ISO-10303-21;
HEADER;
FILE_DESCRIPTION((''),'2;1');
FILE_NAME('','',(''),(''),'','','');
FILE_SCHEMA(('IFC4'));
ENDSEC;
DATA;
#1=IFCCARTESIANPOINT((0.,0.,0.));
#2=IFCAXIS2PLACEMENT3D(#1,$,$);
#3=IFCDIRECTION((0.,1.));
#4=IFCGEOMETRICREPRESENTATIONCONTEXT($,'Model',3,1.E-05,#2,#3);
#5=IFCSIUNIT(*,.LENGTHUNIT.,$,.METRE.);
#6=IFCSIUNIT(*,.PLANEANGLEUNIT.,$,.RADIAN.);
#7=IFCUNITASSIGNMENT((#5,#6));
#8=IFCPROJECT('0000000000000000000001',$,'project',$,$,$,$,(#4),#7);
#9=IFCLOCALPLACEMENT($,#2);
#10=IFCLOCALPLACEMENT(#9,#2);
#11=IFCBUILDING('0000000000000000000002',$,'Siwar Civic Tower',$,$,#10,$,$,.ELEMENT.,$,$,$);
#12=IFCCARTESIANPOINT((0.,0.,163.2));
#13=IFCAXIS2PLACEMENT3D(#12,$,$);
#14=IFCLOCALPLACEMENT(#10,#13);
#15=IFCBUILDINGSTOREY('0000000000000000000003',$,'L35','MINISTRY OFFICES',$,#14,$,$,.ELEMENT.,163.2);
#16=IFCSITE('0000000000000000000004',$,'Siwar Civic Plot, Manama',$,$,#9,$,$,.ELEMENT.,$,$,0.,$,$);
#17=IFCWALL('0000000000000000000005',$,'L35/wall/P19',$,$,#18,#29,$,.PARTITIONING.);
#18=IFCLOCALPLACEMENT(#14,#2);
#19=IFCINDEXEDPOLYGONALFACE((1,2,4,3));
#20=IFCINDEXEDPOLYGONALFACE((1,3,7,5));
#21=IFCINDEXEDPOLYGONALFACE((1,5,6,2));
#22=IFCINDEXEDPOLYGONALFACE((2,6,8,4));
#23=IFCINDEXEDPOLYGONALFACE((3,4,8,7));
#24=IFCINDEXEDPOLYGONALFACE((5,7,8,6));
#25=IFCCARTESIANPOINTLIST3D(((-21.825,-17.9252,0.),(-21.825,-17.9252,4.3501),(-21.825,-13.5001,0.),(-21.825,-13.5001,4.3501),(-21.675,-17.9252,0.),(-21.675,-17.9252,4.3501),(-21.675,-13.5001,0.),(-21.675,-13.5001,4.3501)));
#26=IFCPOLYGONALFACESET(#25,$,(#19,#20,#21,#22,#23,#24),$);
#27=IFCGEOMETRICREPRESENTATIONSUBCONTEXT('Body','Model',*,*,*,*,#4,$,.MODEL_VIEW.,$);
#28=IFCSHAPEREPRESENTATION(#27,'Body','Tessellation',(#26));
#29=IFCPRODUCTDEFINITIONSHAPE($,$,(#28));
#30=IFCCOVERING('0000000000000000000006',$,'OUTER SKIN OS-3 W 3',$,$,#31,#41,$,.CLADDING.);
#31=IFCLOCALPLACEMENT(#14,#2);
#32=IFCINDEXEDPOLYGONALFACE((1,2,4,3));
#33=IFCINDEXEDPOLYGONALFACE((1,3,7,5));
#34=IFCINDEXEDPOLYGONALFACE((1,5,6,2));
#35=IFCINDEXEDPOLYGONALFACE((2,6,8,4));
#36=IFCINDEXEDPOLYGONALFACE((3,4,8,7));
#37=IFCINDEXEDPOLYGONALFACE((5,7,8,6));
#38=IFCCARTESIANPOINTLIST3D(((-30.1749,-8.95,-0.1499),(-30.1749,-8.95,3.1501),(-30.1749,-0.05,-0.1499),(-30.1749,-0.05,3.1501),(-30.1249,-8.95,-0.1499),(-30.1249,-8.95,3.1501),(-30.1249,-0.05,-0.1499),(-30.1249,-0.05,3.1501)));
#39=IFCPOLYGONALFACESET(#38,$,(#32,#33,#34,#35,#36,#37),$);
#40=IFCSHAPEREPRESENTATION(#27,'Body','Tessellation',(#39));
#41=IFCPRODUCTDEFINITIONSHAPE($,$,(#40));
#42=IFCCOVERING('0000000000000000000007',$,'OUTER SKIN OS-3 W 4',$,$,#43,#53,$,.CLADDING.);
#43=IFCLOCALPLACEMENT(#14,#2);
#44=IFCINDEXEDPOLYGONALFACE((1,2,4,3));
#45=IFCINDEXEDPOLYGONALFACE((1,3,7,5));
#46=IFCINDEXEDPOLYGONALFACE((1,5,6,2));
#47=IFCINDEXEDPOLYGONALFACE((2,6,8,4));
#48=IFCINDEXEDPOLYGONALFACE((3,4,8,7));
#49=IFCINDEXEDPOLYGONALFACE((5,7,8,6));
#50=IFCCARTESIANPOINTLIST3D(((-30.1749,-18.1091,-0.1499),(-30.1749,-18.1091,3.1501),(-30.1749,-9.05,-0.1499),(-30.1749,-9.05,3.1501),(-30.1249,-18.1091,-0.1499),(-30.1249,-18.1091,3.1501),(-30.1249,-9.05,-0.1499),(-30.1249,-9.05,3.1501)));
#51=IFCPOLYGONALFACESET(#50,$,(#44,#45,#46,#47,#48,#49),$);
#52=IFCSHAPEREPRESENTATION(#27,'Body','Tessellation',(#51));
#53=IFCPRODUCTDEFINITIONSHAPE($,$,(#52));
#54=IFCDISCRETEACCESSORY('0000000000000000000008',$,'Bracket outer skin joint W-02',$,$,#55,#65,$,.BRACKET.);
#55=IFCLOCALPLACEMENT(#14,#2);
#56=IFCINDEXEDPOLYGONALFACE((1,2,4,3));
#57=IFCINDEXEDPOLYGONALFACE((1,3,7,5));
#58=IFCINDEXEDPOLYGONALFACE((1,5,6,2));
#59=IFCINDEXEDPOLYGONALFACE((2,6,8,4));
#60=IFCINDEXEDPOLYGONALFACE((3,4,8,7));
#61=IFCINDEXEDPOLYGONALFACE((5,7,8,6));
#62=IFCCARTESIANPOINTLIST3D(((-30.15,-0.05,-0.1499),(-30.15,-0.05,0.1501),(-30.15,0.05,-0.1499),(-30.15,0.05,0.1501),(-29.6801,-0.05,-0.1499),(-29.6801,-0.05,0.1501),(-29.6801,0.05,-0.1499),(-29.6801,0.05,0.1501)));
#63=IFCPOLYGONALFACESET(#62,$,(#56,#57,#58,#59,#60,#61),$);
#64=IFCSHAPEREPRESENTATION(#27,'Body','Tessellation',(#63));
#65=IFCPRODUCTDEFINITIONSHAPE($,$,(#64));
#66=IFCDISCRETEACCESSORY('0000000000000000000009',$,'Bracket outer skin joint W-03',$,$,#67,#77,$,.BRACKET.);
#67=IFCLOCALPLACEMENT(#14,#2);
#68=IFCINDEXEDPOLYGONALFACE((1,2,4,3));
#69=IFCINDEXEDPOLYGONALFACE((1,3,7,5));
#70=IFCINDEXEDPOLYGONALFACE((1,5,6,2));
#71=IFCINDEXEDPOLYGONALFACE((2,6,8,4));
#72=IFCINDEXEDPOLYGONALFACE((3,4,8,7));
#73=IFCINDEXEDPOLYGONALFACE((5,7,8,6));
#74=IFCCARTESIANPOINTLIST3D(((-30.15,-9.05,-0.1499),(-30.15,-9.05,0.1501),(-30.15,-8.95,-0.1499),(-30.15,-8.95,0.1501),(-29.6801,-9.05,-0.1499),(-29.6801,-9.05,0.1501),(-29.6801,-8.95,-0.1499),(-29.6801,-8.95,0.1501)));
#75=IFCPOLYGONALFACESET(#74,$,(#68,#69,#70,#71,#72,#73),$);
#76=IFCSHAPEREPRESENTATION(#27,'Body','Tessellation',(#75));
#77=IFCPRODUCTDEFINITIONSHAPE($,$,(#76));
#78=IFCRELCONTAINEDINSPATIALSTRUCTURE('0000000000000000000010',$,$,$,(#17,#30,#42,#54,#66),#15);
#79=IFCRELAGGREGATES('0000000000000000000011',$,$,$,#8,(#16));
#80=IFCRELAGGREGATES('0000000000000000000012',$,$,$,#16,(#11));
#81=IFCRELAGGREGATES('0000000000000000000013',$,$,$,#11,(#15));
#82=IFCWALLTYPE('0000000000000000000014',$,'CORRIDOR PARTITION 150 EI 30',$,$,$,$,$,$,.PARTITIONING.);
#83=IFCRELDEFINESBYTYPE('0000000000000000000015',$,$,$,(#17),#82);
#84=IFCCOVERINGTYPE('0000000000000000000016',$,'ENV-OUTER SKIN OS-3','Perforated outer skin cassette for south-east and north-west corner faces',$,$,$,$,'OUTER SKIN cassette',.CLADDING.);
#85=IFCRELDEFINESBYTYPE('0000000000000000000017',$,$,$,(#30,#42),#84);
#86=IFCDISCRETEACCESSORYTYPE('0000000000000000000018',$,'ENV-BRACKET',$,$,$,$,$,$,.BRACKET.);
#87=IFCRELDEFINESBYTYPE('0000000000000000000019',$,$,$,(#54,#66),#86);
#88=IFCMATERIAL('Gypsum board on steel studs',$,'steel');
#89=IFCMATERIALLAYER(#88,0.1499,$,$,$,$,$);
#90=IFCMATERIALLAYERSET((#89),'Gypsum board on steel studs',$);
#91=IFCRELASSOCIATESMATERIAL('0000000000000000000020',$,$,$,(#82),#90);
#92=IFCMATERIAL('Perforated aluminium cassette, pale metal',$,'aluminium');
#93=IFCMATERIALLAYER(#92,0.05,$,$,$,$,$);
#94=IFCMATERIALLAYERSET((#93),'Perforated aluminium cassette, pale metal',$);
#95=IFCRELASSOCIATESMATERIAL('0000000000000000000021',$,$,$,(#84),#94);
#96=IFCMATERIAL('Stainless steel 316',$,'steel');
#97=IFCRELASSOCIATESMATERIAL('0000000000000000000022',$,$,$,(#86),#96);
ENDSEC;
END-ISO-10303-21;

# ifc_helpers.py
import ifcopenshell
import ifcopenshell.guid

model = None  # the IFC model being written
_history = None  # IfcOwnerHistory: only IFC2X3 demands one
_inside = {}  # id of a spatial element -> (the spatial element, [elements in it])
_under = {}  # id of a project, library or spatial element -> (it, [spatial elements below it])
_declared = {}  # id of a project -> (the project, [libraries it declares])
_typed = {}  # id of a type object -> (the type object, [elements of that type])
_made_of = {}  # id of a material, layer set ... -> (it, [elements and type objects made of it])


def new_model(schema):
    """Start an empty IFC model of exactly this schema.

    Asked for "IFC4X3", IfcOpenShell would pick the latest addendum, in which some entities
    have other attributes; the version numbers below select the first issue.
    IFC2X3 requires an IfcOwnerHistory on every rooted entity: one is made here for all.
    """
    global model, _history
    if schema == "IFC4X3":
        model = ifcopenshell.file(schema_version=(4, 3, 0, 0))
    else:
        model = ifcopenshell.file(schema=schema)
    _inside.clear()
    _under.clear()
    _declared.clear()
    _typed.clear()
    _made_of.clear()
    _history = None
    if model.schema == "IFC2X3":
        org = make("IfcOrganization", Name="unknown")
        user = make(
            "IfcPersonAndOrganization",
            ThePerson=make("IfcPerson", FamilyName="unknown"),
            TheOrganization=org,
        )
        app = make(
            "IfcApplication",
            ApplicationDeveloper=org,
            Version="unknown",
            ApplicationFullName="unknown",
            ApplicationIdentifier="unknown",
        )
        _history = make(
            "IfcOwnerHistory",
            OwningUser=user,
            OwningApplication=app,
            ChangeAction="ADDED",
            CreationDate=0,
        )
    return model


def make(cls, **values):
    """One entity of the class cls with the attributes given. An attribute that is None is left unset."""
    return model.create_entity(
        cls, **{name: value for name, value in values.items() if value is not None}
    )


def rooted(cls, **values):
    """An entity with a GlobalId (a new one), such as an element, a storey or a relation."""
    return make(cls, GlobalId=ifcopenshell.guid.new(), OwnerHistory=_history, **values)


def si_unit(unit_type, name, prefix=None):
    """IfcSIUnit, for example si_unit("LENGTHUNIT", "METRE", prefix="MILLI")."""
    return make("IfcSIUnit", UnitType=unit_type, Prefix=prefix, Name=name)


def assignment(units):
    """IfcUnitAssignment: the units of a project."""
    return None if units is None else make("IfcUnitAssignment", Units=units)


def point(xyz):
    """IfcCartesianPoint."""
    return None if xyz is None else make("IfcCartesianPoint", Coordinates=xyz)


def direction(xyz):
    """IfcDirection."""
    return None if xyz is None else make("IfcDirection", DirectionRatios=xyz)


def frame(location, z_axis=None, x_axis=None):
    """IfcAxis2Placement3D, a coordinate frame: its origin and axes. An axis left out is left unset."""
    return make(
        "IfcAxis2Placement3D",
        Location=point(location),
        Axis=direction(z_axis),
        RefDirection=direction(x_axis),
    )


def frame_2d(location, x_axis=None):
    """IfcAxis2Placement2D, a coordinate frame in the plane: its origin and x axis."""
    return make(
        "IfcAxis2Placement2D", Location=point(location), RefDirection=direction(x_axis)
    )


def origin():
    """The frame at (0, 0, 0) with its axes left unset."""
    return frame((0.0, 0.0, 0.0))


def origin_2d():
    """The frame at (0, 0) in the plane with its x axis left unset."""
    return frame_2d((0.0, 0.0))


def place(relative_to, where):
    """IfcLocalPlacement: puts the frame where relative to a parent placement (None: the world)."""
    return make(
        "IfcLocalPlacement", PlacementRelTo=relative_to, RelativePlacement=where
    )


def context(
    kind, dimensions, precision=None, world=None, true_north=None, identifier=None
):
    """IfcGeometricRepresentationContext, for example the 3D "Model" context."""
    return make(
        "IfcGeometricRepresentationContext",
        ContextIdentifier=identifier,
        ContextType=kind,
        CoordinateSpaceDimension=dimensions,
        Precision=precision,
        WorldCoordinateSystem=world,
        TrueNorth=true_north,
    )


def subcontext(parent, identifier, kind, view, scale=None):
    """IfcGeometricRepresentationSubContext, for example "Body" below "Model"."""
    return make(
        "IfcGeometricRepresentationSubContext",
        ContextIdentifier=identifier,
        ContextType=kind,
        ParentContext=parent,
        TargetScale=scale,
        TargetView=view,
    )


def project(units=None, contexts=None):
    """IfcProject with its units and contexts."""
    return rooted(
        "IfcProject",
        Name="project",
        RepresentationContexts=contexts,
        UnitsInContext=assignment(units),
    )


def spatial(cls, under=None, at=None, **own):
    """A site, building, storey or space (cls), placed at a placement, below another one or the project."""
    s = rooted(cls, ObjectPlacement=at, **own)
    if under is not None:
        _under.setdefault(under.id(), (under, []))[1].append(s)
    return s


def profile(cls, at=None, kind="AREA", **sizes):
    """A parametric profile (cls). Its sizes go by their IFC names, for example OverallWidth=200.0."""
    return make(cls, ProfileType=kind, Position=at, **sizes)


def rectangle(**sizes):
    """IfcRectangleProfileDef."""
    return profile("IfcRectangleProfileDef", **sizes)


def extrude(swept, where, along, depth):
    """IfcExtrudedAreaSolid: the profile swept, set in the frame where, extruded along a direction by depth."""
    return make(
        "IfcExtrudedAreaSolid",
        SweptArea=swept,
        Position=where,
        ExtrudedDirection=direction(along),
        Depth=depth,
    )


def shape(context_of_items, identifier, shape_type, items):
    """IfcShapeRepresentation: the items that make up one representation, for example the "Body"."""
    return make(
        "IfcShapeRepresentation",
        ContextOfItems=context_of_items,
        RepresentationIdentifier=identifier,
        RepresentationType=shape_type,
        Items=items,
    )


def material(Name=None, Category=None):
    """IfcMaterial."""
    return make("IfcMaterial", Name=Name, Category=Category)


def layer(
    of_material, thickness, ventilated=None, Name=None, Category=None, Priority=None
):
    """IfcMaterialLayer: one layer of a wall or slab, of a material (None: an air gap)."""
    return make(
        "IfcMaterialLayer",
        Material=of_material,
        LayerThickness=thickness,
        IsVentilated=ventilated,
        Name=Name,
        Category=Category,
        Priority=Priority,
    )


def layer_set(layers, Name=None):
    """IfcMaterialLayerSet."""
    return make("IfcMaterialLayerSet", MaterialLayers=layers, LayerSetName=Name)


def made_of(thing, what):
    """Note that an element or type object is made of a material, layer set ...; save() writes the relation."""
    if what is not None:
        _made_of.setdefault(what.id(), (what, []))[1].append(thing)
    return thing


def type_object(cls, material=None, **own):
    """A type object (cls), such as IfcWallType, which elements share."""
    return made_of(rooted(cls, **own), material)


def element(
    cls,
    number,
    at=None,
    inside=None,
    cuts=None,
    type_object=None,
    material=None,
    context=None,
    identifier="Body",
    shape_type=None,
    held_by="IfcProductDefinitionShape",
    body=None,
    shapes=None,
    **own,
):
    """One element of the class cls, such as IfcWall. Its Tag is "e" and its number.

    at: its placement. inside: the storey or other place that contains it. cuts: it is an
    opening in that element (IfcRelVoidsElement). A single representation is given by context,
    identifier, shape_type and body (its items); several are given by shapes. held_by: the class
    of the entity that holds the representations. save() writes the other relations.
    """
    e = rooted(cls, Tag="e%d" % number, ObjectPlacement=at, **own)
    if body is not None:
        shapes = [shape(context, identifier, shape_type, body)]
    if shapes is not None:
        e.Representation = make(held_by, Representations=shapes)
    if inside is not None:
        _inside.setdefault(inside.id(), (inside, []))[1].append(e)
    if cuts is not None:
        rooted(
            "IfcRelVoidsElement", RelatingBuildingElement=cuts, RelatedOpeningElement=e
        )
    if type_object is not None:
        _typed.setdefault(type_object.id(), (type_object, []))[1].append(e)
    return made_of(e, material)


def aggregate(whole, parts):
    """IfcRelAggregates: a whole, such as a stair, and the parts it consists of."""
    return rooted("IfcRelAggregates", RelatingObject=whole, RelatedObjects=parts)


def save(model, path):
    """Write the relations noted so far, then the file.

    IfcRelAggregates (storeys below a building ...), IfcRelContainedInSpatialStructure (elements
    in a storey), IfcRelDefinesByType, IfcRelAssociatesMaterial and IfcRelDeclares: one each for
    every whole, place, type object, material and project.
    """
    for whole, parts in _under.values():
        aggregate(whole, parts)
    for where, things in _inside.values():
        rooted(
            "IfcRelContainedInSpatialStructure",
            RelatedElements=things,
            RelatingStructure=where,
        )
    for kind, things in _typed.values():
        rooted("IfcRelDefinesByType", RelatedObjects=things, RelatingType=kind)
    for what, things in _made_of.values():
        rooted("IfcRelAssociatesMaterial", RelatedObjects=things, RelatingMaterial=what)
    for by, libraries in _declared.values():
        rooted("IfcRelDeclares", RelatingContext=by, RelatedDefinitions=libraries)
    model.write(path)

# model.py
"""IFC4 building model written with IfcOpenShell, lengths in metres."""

from ifc_helpers import new_model, si_unit, direction, frame, frame_2d, origin, origin_2d, place, context, subcontext, project, spatial, rectangle, extrude, material, layer, layer_set, type_object, element, save


model = new_model("IFC4")

# Units and contexts
model_context = context("Model", 3, precision=1e-05, world=origin(), true_north=direction((0.0, 1.0)))
body_context = subcontext(model_context, "Body", "Model", "MODEL_VIEW")
ifc_project = project(units=[si_unit("LENGTHUNIT", "METRE"), si_unit("PLANEANGLEUNIT", "RADIAN")], contexts=[model_context])

# Site, building, storey
site_placement = place(None, origin())
site = spatial("IfcSite", under=ifc_project, at=site_placement, Name="Siwar Civic Plot, Manama", CompositionType="ELEMENT", RefElevation=0.0)
building_placement = place(site_placement, origin())
building = spatial("IfcBuilding", under=site, at=building_placement, Name="Siwar Civic Tower", CompositionType="ELEMENT")
storey_placement = place(building_placement, frame((0.0, 0.0, 163.2)))
storey = spatial("IfcBuildingStorey", under=building, at=storey_placement, Name="L35", Description="MINISTRY OFFICES", CompositionType="ELEMENT", Elevation=163.2)

# Shared definitions
ifc_material_1 = material(Name="Gypsum board on steel studs", Category="steel")
ifc_layer_1 = layer(ifc_material_1, 0.1499)
ifc_layer_set_1 = layer_set([ifc_layer_1], Name="Gypsum board on steel studs")
wall_type_1 = type_object("IfcWallType", Name="CORRIDOR PARTITION 150 EI 30", PredefinedType="PARTITIONING", material=ifc_layer_set_1)

# Wall
wall_1_placement = place(storey_placement, frame((-21.75, -17.925, 0.0), z_axis=(0.0, 0.0, 1.0), x_axis=(0.0, 1.0, 0.0)))
element("IfcWall", 1, at=wall_1_placement, inside=storey, type_object=wall_type_1, Name="L35/wall/P19", PredefinedType="PARTITIONING", context=body_context, shape_type="SweptSolid", body=[
    extrude(rectangle(XDim=4.425, YDim=0.1499, at=frame_2d((2.2124, 0.0))), origin(), (0.0, 0.0, 1.0), 4.3501),
])

# Coverings
ifc_material_2 = material(Name="Perforated aluminium cassette, pale metal", Category="aluminium")
ifc_layer_2 = layer(ifc_material_2, 0.05)
ifc_layer_set_2 = layer_set([ifc_layer_2], Name="Perforated aluminium cassette, pale metal")
covering_type = type_object("IfcCoveringType", Name="ENV-OUTER SKIN OS-3", Description="Perforated outer skin cassette for south-east and north-west corner faces", ElementType="OUTER SKIN cassette", PredefinedType="CLADDING", material=ifc_layer_set_2)
covering_1_placement = place(storey_placement, frame((-30.1499, -4.5, -0.1499), z_axis=(0.0, 0.0, 1.0), x_axis=(0.0, -1.0, 0.0)))
element("IfcCovering", 2, at=covering_1_placement, inside=storey, type_object=covering_type, Name="OUTER SKIN OS-3 W 3", PredefinedType="CLADDING", context=body_context, shape_type="SweptSolid", body=[
    extrude(rectangle(XDim=8.8999, YDim=0.05, at=origin_2d()), origin(), (0.0, 0.0, 1.0), 3.3),
])
covering_2_placement = place(storey_placement, frame((-30.1499, -13.5796, -0.1499), z_axis=(0.0, 0.0, 1.0), x_axis=(0.0, -1.0, 0.0)))
element("IfcCovering", 3, at=covering_2_placement, inside=storey, type_object=covering_type, Name="OUTER SKIN OS-3 W 4", PredefinedType="CLADDING", context=body_context, shape_type="SweptSolid", body=[
    extrude(rectangle(XDim=9.0591, YDim=0.05, at=origin_2d()), origin(), (0.0, 0.0, 1.0), 3.3),
])

# Discrete accessories
ifc_material_3 = material(Name="Stainless steel 316", Category="steel")
discrete_accessory_type = type_object("IfcDiscreteAccessoryType", Name="ENV-BRACKET", PredefinedType="BRACKET", material=ifc_material_3)
for number, where, z_axis, x_axis, name in (
    (4, (-29.915, 0.0, -0.1499), (0.0, 0.0, 1.0), (-1.0, 0.0, 0.0), "Bracket outer skin joint W-02"),
    (5, (-29.915, -9.0, -0.1499), (0.0, 0.0, 1.0), (-1.0, 0.0, 0.0), "Bracket outer skin joint W-03"),
):
    element("IfcDiscreteAccessory", number, at=place(storey_placement, frame(where, z_axis=z_axis, x_axis=x_axis)), inside=storey, type_object=discrete_accessory_type, Name=name, PredefinedType="BRACKET", context=body_context, shape_type="SweptSolid", body=[
        extrude(rectangle(XDim=0.47, YDim=0.1001, at=origin_2d()), origin(), (0.0, 0.0, 1.0), 0.3),
    ])

save(model, "model.ifc")
